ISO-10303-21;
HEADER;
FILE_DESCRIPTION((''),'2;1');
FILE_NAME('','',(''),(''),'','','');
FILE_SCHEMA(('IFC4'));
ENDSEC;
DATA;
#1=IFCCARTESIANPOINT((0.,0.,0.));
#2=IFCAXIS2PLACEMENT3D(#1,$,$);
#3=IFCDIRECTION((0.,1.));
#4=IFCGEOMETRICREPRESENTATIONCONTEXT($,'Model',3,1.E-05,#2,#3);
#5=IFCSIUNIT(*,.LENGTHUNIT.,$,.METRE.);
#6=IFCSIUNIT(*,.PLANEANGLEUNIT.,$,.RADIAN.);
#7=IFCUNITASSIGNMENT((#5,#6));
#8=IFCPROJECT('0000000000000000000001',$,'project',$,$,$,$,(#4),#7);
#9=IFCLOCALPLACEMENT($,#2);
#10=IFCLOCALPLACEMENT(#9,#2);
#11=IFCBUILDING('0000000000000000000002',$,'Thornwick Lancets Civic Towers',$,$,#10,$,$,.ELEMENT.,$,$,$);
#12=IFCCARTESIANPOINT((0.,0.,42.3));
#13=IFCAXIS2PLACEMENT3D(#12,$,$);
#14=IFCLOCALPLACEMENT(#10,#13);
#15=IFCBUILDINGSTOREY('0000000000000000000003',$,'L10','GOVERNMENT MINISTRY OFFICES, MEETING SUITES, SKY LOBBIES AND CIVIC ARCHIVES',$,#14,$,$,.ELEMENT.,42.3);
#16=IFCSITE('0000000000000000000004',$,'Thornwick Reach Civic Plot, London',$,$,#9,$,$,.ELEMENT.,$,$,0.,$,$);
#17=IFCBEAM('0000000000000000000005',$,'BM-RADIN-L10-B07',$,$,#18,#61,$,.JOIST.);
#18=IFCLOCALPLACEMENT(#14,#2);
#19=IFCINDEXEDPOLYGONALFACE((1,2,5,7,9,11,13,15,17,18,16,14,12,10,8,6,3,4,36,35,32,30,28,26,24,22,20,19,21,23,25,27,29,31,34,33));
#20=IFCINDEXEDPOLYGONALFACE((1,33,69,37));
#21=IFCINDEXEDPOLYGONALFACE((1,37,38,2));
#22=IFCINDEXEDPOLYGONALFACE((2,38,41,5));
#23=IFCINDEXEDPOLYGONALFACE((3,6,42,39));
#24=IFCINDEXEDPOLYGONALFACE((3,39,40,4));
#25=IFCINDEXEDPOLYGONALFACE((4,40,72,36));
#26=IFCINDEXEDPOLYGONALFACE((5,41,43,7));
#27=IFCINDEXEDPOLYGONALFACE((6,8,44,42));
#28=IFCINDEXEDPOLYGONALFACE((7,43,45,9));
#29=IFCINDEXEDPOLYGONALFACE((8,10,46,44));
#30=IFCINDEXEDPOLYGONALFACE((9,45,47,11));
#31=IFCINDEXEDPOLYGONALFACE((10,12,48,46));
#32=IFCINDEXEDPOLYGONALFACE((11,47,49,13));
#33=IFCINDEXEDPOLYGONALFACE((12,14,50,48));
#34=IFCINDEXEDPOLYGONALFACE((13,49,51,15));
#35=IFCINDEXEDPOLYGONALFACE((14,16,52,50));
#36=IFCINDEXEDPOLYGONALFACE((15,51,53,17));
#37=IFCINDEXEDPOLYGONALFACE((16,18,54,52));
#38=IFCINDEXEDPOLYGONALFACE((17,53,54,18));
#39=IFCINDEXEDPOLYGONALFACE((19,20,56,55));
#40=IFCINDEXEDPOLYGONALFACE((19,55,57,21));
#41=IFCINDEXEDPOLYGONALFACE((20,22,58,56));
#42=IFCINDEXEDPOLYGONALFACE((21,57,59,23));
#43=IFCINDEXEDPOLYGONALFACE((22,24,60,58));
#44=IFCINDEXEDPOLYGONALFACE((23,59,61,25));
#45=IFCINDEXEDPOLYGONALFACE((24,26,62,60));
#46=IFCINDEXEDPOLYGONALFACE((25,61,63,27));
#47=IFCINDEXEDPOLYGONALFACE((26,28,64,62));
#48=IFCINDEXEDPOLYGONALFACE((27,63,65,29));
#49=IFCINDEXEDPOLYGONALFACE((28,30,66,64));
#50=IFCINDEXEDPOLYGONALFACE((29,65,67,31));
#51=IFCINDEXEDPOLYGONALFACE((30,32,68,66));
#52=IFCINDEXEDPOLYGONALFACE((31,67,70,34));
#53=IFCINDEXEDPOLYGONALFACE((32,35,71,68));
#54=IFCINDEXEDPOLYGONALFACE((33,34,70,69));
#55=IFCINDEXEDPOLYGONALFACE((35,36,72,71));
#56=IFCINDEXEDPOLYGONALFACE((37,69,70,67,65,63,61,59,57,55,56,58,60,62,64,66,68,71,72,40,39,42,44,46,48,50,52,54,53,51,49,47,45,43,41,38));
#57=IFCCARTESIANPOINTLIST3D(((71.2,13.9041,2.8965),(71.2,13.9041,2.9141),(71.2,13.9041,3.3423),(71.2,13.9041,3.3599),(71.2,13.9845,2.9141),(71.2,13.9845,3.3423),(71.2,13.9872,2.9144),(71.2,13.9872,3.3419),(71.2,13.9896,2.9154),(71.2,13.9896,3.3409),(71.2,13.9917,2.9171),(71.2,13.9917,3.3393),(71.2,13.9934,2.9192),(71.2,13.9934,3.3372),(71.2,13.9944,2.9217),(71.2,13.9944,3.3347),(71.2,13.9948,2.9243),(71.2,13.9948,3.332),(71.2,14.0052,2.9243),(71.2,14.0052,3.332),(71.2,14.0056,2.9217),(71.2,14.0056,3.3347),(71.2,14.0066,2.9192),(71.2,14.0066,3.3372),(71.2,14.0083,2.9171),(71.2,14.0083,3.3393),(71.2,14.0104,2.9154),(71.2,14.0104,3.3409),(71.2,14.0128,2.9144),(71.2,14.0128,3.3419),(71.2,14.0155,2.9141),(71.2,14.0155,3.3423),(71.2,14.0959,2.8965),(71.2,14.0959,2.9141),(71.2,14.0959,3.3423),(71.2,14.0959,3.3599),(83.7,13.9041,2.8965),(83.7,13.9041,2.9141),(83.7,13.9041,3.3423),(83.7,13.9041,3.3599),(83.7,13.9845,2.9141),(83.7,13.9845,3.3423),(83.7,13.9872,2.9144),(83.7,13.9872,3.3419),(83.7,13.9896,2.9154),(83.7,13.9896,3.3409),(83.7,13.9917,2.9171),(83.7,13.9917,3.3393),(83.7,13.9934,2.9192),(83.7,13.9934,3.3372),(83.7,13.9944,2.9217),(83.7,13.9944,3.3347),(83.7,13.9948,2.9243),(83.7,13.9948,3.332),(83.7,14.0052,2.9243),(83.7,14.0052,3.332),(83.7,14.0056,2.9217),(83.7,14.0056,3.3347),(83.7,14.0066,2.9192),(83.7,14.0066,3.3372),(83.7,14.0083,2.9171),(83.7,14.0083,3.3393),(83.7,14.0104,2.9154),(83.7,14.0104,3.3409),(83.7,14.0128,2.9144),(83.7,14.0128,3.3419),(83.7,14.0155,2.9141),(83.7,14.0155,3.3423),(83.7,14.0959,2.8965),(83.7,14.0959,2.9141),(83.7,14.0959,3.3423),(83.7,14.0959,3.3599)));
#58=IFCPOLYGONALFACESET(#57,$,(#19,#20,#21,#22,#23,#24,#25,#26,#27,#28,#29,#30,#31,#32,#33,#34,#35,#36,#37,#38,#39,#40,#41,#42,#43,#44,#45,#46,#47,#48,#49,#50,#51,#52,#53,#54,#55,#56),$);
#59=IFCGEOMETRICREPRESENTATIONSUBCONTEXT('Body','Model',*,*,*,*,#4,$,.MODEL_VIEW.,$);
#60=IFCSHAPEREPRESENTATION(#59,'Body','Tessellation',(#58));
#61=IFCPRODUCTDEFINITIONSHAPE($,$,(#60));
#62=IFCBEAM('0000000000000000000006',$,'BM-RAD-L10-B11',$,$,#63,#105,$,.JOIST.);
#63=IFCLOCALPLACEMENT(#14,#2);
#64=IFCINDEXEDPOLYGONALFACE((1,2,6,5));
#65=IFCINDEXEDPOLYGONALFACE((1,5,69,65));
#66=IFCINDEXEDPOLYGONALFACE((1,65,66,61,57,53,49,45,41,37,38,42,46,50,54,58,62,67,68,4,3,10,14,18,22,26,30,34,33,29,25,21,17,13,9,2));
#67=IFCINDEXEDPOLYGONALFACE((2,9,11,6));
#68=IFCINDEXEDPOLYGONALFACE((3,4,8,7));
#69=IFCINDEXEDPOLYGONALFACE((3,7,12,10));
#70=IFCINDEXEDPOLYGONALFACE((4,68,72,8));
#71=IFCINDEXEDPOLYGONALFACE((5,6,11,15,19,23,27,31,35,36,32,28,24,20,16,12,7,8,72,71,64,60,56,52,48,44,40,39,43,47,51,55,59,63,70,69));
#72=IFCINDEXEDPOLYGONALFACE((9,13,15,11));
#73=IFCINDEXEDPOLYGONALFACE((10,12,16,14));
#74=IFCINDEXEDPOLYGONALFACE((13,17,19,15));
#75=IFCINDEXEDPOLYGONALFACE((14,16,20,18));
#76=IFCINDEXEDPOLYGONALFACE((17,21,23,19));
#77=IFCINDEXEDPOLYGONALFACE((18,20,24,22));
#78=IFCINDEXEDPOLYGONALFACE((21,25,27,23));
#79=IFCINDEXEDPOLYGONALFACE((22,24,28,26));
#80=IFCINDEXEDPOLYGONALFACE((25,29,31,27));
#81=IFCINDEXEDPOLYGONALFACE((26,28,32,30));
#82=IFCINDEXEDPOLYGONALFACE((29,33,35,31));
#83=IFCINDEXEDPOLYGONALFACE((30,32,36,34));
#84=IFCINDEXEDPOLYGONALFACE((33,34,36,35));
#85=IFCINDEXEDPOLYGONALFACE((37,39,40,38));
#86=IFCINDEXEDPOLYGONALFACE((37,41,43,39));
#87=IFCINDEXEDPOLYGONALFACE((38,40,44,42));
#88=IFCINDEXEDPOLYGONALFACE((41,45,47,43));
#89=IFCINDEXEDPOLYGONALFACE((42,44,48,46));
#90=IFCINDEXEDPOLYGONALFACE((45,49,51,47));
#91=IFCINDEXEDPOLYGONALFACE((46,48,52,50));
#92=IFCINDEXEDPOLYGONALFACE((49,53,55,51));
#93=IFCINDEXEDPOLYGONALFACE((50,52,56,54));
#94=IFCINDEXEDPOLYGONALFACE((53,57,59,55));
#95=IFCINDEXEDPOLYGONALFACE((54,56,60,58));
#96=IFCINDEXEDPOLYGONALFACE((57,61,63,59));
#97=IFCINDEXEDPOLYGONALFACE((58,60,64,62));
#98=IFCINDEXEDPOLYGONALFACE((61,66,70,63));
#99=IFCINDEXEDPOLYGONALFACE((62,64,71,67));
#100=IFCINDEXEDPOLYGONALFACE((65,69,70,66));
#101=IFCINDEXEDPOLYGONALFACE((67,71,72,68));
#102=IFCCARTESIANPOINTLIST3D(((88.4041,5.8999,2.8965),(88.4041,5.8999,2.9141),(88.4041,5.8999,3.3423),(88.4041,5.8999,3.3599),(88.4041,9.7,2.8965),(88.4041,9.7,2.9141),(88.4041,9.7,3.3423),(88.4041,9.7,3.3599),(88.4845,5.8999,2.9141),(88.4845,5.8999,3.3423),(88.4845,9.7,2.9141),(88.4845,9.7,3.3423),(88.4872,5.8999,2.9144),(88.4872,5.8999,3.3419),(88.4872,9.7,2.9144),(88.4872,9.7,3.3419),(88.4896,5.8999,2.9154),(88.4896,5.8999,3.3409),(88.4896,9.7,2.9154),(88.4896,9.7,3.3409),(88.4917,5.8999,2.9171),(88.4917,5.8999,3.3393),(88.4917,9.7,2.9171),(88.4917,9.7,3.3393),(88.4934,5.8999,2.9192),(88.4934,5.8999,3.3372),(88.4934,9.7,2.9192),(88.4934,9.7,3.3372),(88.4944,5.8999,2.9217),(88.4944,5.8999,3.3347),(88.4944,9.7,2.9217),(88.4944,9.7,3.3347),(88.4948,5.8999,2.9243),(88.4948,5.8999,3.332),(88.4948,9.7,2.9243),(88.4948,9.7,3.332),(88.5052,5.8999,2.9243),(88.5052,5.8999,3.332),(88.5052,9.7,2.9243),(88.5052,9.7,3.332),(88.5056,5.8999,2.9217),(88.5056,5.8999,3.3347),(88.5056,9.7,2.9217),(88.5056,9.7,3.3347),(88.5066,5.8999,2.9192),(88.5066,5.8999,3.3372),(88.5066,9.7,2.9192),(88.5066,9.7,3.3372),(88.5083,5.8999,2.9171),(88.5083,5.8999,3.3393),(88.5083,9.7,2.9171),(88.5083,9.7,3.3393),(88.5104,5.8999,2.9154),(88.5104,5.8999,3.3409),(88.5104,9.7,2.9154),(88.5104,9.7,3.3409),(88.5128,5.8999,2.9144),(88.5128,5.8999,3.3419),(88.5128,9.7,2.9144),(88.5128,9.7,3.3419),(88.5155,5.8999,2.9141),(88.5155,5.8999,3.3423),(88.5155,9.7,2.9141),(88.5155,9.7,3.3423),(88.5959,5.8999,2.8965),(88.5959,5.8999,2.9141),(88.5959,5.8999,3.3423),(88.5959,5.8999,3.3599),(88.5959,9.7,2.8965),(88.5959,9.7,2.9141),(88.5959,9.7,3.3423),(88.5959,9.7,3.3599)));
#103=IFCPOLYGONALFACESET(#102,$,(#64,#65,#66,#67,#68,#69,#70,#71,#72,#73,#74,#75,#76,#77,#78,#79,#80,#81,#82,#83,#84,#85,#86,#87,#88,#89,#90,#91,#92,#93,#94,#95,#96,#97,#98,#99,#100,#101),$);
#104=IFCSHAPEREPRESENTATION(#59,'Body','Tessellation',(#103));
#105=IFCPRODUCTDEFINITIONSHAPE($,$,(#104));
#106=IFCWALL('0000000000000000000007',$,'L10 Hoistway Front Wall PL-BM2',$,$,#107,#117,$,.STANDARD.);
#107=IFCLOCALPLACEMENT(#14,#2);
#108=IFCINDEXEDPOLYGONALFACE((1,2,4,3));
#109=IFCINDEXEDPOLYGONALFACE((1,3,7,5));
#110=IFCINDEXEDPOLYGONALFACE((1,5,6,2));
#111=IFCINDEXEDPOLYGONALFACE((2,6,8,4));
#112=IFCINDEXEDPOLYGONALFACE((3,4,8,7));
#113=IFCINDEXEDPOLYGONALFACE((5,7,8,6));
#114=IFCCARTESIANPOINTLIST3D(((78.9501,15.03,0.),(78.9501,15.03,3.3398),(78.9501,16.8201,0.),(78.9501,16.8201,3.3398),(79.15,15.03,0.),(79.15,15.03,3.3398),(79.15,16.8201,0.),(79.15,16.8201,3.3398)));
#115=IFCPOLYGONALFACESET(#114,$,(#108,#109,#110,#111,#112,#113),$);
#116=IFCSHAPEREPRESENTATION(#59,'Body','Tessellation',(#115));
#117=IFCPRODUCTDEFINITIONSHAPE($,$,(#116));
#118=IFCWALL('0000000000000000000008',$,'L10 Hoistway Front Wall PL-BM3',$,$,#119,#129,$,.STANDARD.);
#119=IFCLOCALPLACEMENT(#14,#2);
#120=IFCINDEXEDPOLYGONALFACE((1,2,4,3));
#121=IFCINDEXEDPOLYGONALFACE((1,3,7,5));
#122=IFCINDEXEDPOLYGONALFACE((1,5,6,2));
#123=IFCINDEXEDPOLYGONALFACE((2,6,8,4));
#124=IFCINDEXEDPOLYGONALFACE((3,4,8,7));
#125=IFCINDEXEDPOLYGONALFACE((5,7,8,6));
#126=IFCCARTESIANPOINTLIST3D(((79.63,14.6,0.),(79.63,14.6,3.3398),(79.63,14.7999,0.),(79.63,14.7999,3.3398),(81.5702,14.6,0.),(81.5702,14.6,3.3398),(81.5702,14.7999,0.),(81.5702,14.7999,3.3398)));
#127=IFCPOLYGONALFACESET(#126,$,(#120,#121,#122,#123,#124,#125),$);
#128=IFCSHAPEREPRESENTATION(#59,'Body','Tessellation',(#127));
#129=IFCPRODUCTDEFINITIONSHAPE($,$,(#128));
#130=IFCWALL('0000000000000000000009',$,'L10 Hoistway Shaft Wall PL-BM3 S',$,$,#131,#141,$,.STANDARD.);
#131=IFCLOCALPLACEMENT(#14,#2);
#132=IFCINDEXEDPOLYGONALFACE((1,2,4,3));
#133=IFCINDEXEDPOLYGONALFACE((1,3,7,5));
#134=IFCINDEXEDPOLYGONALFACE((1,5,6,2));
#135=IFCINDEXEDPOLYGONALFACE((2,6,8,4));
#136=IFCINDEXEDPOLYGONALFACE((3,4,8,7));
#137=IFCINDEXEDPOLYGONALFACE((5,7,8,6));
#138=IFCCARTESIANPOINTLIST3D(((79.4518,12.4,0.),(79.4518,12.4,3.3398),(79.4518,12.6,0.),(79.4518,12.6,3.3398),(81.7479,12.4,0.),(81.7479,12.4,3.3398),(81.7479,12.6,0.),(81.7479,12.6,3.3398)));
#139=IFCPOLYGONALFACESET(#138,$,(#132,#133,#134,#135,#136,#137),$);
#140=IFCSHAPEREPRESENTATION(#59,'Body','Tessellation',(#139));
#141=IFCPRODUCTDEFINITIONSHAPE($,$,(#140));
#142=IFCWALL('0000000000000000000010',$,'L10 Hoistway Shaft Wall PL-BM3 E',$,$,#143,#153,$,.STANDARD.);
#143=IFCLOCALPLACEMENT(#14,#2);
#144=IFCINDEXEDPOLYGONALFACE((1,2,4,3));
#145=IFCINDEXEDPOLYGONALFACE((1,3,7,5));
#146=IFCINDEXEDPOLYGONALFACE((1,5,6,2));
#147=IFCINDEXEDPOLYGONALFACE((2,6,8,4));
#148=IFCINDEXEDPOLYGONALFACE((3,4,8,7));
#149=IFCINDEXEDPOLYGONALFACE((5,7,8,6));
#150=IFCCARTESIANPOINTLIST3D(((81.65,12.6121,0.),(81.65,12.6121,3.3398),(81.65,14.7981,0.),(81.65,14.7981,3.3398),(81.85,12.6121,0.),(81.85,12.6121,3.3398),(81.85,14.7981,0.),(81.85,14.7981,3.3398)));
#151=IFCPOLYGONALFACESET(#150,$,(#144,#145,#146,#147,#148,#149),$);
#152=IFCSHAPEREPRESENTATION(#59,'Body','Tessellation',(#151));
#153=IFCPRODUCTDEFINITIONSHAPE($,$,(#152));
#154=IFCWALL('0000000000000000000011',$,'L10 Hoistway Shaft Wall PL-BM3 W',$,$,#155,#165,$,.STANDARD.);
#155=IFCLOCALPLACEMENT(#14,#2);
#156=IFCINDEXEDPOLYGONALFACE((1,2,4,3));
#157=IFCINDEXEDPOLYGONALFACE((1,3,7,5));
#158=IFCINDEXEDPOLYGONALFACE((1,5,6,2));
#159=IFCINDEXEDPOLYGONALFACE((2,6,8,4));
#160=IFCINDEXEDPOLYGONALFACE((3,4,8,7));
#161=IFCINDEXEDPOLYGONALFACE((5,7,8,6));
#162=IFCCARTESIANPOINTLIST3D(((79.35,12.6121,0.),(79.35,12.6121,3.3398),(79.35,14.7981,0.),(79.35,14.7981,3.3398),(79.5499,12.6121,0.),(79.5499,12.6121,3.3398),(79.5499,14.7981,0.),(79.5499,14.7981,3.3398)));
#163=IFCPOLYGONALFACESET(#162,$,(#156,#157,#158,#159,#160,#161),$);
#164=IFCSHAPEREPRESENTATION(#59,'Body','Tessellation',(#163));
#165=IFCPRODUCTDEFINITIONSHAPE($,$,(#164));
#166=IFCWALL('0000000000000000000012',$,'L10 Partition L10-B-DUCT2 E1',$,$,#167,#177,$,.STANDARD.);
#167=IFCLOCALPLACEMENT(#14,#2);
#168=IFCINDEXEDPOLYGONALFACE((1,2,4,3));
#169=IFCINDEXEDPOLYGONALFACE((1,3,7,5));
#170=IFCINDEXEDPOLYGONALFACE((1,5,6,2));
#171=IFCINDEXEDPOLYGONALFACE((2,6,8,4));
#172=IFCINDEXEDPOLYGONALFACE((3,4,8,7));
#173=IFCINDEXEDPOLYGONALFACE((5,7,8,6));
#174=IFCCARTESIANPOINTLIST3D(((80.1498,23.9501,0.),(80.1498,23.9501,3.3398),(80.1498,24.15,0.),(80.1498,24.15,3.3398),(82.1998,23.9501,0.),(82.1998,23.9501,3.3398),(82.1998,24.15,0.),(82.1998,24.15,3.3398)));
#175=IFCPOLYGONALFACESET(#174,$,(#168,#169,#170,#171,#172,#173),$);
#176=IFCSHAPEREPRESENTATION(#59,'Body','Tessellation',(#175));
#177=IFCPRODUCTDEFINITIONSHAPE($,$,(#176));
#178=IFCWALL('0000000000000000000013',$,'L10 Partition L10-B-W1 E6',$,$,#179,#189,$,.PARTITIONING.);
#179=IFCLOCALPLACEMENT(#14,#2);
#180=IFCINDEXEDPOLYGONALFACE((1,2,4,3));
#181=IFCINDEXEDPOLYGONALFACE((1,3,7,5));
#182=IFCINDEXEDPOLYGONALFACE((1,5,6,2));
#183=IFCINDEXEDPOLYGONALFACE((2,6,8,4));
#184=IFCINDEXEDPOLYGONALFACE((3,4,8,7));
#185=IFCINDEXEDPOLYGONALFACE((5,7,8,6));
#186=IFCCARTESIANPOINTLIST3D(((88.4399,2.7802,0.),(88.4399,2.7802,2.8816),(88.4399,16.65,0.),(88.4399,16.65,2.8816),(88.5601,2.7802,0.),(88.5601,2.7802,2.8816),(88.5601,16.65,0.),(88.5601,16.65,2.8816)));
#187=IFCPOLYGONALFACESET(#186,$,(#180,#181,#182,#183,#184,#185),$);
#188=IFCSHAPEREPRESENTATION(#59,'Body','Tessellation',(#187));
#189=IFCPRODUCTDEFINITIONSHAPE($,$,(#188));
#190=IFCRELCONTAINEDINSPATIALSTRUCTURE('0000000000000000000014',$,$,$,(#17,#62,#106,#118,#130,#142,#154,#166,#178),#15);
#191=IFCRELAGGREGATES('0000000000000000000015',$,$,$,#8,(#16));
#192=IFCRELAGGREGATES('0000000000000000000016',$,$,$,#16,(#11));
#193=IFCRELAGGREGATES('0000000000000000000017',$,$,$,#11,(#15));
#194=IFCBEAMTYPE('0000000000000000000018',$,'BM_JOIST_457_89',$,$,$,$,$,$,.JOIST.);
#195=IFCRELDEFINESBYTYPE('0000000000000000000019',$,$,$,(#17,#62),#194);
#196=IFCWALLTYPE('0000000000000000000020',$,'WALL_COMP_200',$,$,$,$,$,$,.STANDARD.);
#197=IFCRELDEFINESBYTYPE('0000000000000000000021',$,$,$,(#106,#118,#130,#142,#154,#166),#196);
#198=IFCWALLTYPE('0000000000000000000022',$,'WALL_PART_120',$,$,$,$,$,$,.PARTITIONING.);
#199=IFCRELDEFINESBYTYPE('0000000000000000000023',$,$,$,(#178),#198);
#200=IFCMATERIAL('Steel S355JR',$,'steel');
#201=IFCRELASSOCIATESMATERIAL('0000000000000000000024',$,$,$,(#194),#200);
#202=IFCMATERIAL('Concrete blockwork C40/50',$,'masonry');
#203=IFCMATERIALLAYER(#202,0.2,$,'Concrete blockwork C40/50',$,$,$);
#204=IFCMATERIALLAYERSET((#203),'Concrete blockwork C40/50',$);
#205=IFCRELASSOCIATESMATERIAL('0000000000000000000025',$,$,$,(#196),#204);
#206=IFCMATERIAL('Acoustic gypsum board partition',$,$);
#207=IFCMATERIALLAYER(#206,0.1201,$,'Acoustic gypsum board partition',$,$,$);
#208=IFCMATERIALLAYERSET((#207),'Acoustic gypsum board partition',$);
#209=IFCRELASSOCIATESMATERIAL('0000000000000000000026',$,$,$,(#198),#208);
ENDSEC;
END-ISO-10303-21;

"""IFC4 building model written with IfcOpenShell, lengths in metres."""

from ifc_helpers import new_model, si_unit, direction, frame, frame_2d, origin, origin_2d, place, context, subcontext, project, spatial, rectangle, i_section, extrude, material, layer, layer_set, material_profile, profile_set, type_object, element, save


model = new_model("IFC4")

# Units and contexts
model_context = context("Model", 3, precision=1e-05, world=origin(), true_north=direction((0.0, 1.0)))
body_context = subcontext(model_context, "Body", "Model", "MODEL_VIEW")
ifc_project = project(units=[si_unit("LENGTHUNIT", "METRE"), si_unit("PLANEANGLEUNIT", "RADIAN")], contexts=[model_context])

# Site, building, storey
site_placement = place(None, origin())
site = spatial("IfcSite", under=ifc_project, at=site_placement, Name="Thornwick Reach Civic Plot, London", CompositionType="ELEMENT", RefElevation=0.0)
building_placement = place(site_placement, origin())
building = spatial("IfcBuilding", under=site, at=building_placement, Name="Thornwick Lancets Civic Towers", CompositionType="ELEMENT")
storey_placement = place(building_placement, frame((0.0, 0.0, 42.3)))
storey = spatial("IfcBuildingStorey", under=building, at=storey_placement, Name="L10", Description="GOVERNMENT MINISTRY OFFICES, MEETING SUITES, SKY LOBBIES AND CIVIC ARCHIVES", CompositionType="ELEMENT", Elevation=42.3)

# Beams
ifc_material_1 = material(Name="Steel S355JR", Category="steel")
ifc_material_profile_1 = material_profile(ifc_material_1, i_section(OverallWidth=0.1919, OverallDepth=0.4634, WebThickness=0.0105, FlangeThickness=0.0176, FilletRadius=0.0103, at=origin_2d()), Name="UKB 457x191x89")
ifc_profile_set_1 = profile_set([ifc_material_profile_1], Name="Steel S355JR")
beam_type_1 = type_object("IfcBeamType", Name="BM_JOIST_457_89", PredefinedType="JOIST", material=ifc_profile_set_1)
beam_1_placement = place(storey_placement, frame((83.7, 14.0, 3.1282), z_axis=(-1.0, 0.0, 0.0), x_axis=(0.0, -1.0, 0.0)))
element("IfcBeam", 1, at=beam_1_placement, inside=storey, type_object=beam_type_1, Name="BM-RADIN-L10-B07", PredefinedType="JOIST", context=body_context, shape_type="SweptSolid", body=[
    extrude(i_section(OverallWidth=0.1919, OverallDepth=0.4634, WebThickness=0.0105, FlangeThickness=0.0176, FilletRadius=0.0103, at=origin_2d()), origin(), (0.0, 0.0, 1.0), 12.5),
])
beam_2_placement = place(storey_placement, frame((88.5, 9.7, 3.1282), z_axis=(0.0, -1.0, 0.0), x_axis=(1.0, 0.0, 0.0)))
element("IfcBeam", 2, at=beam_2_placement, inside=storey, type_object=beam_type_1, Name="BM-RAD-L10-B11", PredefinedType="JOIST", context=body_context, shape_type="SweptSolid", body=[
    extrude(i_section(OverallWidth=0.1919, OverallDepth=0.4634, WebThickness=0.0105, FlangeThickness=0.0176, FilletRadius=0.0103, at=origin_2d()), origin(), (0.0, 0.0, 1.0), 3.8),
])

# Walls
ifc_material_2 = material(Name="Concrete blockwork C40/50", Category="masonry")
ifc_layer_1 = layer(ifc_material_2, 0.2, Name="Concrete blockwork C40/50")
ifc_layer_set_1 = layer_set([ifc_layer_1], Name="Concrete blockwork C40/50")
wall_type_1 = type_object("IfcWallType", Name="WALL_COMP_200", PredefinedType="STANDARD", material=ifc_layer_set_1)
wall_1_placement = place(storey_placement, frame((79.05, 15.03, 0.0), z_axis=(0.0, 0.0, 1.0), x_axis=(0.0, 1.0, 0.0)))
element("IfcWall", 3, at=wall_1_placement, inside=storey, type_object=wall_type_1, Name="L10 Hoistway Front Wall PL-BM2", PredefinedType="STANDARD", context=body_context, shape_type="SweptSolid", body=[
    extrude(rectangle(XDim=1.79, YDim=0.2, at=frame_2d((0.895, 0.0))), origin(), (0.0, 0.0, 1.0), 3.3398),
])
wall_2_placement = place(storey_placement, frame((79.6299, 14.7, 0.0), z_axis=(0.0, 0.0, 1.0), x_axis=(1.0, 0.0, 0.0)))
element("IfcWall", 4, at=wall_2_placement, inside=storey, type_object=wall_type_1, Name="L10 Hoistway Front Wall PL-BM3", PredefinedType="STANDARD", context=body_context, shape_type="SweptSolid", body=[
    extrude(rectangle(XDim=1.9402, YDim=0.2, at=frame_2d((0.9702, 0.0))), origin(), (0.0, 0.0, 1.0), 3.3398),
])
wall_3_placement = place(storey_placement, frame((79.4519, 12.5, 0.0), z_axis=(0.0, 0.0, 1.0), x_axis=(1.0, 0.0, 0.0)))
element("IfcWall", 5, at=wall_3_placement, inside=storey, type_object=wall_type_1, Name="L10 Hoistway Shaft Wall PL-BM3 S", PredefinedType="STANDARD", context=body_context, shape_type="SweptSolid", body=[
    extrude(rectangle(XDim=2.2961, YDim=0.2, at=frame_2d((1.1479, 0.0))), origin(), (0.0, 0.0, 1.0), 3.3398),
])
for number, where, z_axis, x_axis, name in (
    (6, (81.75, 12.6121, 0.0), (0.0, 0.0, 1.0), (0.0, 1.0, 0.0), "L10 Hoistway Shaft Wall PL-BM3 E"),
    (7, (79.45, 12.6121, 0.0), (0.0, 0.0, 1.0), (0.0, 1.0, 0.0), "L10 Hoistway Shaft Wall PL-BM3 W"),
):
    element("IfcWall", number, at=place(storey_placement, frame(where, z_axis=z_axis, x_axis=x_axis)), inside=storey, type_object=wall_type_1, Name=name, PredefinedType="STANDARD", context=body_context, shape_type="SweptSolid", body=[
        extrude(rectangle(XDim=2.186, YDim=0.2, at=frame_2d((1.093, 0.0))), origin(), (0.0, 0.0, 1.0), 3.3398),
    ])
wall_4_placement = place(storey_placement, frame((80.1499, 24.05, 0.0), z_axis=(0.0, 0.0, 1.0), x_axis=(1.0, 0.0, 0.0)))
element("IfcWall", 8, at=wall_4_placement, inside=storey, type_object=wall_type_1, Name="L10 Partition L10-B-DUCT2 E1", PredefinedType="STANDARD", context=body_context, shape_type="SweptSolid", body=[
    extrude(rectangle(XDim=2.05, YDim=0.2, at=frame_2d((1.0249, 0.0))), origin(), (0.0, 0.0, 1.0), 3.3398),
])
ifc_material_3 = material(Name="Acoustic gypsum board partition")
ifc_layer_2 = layer(ifc_material_3, 0.1201, Name="Acoustic gypsum board partition")
ifc_layer_set_2 = layer_set([ifc_layer_2], Name="Acoustic gypsum board partition")
wall_type_2 = type_object("IfcWallType", Name="WALL_PART_120", PredefinedType="PARTITIONING", material=ifc_layer_set_2)
wall_5_placement = place(storey_placement, frame((88.5, 2.78, 0.0), z_axis=(0.0, 0.0, 1.0), x_axis=(0.0, 1.0, 0.0)))
element("IfcWall", 9, at=wall_5_placement, inside=storey, type_object=wall_type_2, Name="L10 Partition L10-B-W1 E6", PredefinedType="PARTITIONING", context=body_context, shape_type="SweptSolid", body=[
    extrude(rectangle(XDim=13.8699, YDim=0.1201, at=frame_2d((6.9351, 0.0))), origin(), (0.0, 0.0, 1.0), 2.8816),
])

save(model, "model.ifc")
